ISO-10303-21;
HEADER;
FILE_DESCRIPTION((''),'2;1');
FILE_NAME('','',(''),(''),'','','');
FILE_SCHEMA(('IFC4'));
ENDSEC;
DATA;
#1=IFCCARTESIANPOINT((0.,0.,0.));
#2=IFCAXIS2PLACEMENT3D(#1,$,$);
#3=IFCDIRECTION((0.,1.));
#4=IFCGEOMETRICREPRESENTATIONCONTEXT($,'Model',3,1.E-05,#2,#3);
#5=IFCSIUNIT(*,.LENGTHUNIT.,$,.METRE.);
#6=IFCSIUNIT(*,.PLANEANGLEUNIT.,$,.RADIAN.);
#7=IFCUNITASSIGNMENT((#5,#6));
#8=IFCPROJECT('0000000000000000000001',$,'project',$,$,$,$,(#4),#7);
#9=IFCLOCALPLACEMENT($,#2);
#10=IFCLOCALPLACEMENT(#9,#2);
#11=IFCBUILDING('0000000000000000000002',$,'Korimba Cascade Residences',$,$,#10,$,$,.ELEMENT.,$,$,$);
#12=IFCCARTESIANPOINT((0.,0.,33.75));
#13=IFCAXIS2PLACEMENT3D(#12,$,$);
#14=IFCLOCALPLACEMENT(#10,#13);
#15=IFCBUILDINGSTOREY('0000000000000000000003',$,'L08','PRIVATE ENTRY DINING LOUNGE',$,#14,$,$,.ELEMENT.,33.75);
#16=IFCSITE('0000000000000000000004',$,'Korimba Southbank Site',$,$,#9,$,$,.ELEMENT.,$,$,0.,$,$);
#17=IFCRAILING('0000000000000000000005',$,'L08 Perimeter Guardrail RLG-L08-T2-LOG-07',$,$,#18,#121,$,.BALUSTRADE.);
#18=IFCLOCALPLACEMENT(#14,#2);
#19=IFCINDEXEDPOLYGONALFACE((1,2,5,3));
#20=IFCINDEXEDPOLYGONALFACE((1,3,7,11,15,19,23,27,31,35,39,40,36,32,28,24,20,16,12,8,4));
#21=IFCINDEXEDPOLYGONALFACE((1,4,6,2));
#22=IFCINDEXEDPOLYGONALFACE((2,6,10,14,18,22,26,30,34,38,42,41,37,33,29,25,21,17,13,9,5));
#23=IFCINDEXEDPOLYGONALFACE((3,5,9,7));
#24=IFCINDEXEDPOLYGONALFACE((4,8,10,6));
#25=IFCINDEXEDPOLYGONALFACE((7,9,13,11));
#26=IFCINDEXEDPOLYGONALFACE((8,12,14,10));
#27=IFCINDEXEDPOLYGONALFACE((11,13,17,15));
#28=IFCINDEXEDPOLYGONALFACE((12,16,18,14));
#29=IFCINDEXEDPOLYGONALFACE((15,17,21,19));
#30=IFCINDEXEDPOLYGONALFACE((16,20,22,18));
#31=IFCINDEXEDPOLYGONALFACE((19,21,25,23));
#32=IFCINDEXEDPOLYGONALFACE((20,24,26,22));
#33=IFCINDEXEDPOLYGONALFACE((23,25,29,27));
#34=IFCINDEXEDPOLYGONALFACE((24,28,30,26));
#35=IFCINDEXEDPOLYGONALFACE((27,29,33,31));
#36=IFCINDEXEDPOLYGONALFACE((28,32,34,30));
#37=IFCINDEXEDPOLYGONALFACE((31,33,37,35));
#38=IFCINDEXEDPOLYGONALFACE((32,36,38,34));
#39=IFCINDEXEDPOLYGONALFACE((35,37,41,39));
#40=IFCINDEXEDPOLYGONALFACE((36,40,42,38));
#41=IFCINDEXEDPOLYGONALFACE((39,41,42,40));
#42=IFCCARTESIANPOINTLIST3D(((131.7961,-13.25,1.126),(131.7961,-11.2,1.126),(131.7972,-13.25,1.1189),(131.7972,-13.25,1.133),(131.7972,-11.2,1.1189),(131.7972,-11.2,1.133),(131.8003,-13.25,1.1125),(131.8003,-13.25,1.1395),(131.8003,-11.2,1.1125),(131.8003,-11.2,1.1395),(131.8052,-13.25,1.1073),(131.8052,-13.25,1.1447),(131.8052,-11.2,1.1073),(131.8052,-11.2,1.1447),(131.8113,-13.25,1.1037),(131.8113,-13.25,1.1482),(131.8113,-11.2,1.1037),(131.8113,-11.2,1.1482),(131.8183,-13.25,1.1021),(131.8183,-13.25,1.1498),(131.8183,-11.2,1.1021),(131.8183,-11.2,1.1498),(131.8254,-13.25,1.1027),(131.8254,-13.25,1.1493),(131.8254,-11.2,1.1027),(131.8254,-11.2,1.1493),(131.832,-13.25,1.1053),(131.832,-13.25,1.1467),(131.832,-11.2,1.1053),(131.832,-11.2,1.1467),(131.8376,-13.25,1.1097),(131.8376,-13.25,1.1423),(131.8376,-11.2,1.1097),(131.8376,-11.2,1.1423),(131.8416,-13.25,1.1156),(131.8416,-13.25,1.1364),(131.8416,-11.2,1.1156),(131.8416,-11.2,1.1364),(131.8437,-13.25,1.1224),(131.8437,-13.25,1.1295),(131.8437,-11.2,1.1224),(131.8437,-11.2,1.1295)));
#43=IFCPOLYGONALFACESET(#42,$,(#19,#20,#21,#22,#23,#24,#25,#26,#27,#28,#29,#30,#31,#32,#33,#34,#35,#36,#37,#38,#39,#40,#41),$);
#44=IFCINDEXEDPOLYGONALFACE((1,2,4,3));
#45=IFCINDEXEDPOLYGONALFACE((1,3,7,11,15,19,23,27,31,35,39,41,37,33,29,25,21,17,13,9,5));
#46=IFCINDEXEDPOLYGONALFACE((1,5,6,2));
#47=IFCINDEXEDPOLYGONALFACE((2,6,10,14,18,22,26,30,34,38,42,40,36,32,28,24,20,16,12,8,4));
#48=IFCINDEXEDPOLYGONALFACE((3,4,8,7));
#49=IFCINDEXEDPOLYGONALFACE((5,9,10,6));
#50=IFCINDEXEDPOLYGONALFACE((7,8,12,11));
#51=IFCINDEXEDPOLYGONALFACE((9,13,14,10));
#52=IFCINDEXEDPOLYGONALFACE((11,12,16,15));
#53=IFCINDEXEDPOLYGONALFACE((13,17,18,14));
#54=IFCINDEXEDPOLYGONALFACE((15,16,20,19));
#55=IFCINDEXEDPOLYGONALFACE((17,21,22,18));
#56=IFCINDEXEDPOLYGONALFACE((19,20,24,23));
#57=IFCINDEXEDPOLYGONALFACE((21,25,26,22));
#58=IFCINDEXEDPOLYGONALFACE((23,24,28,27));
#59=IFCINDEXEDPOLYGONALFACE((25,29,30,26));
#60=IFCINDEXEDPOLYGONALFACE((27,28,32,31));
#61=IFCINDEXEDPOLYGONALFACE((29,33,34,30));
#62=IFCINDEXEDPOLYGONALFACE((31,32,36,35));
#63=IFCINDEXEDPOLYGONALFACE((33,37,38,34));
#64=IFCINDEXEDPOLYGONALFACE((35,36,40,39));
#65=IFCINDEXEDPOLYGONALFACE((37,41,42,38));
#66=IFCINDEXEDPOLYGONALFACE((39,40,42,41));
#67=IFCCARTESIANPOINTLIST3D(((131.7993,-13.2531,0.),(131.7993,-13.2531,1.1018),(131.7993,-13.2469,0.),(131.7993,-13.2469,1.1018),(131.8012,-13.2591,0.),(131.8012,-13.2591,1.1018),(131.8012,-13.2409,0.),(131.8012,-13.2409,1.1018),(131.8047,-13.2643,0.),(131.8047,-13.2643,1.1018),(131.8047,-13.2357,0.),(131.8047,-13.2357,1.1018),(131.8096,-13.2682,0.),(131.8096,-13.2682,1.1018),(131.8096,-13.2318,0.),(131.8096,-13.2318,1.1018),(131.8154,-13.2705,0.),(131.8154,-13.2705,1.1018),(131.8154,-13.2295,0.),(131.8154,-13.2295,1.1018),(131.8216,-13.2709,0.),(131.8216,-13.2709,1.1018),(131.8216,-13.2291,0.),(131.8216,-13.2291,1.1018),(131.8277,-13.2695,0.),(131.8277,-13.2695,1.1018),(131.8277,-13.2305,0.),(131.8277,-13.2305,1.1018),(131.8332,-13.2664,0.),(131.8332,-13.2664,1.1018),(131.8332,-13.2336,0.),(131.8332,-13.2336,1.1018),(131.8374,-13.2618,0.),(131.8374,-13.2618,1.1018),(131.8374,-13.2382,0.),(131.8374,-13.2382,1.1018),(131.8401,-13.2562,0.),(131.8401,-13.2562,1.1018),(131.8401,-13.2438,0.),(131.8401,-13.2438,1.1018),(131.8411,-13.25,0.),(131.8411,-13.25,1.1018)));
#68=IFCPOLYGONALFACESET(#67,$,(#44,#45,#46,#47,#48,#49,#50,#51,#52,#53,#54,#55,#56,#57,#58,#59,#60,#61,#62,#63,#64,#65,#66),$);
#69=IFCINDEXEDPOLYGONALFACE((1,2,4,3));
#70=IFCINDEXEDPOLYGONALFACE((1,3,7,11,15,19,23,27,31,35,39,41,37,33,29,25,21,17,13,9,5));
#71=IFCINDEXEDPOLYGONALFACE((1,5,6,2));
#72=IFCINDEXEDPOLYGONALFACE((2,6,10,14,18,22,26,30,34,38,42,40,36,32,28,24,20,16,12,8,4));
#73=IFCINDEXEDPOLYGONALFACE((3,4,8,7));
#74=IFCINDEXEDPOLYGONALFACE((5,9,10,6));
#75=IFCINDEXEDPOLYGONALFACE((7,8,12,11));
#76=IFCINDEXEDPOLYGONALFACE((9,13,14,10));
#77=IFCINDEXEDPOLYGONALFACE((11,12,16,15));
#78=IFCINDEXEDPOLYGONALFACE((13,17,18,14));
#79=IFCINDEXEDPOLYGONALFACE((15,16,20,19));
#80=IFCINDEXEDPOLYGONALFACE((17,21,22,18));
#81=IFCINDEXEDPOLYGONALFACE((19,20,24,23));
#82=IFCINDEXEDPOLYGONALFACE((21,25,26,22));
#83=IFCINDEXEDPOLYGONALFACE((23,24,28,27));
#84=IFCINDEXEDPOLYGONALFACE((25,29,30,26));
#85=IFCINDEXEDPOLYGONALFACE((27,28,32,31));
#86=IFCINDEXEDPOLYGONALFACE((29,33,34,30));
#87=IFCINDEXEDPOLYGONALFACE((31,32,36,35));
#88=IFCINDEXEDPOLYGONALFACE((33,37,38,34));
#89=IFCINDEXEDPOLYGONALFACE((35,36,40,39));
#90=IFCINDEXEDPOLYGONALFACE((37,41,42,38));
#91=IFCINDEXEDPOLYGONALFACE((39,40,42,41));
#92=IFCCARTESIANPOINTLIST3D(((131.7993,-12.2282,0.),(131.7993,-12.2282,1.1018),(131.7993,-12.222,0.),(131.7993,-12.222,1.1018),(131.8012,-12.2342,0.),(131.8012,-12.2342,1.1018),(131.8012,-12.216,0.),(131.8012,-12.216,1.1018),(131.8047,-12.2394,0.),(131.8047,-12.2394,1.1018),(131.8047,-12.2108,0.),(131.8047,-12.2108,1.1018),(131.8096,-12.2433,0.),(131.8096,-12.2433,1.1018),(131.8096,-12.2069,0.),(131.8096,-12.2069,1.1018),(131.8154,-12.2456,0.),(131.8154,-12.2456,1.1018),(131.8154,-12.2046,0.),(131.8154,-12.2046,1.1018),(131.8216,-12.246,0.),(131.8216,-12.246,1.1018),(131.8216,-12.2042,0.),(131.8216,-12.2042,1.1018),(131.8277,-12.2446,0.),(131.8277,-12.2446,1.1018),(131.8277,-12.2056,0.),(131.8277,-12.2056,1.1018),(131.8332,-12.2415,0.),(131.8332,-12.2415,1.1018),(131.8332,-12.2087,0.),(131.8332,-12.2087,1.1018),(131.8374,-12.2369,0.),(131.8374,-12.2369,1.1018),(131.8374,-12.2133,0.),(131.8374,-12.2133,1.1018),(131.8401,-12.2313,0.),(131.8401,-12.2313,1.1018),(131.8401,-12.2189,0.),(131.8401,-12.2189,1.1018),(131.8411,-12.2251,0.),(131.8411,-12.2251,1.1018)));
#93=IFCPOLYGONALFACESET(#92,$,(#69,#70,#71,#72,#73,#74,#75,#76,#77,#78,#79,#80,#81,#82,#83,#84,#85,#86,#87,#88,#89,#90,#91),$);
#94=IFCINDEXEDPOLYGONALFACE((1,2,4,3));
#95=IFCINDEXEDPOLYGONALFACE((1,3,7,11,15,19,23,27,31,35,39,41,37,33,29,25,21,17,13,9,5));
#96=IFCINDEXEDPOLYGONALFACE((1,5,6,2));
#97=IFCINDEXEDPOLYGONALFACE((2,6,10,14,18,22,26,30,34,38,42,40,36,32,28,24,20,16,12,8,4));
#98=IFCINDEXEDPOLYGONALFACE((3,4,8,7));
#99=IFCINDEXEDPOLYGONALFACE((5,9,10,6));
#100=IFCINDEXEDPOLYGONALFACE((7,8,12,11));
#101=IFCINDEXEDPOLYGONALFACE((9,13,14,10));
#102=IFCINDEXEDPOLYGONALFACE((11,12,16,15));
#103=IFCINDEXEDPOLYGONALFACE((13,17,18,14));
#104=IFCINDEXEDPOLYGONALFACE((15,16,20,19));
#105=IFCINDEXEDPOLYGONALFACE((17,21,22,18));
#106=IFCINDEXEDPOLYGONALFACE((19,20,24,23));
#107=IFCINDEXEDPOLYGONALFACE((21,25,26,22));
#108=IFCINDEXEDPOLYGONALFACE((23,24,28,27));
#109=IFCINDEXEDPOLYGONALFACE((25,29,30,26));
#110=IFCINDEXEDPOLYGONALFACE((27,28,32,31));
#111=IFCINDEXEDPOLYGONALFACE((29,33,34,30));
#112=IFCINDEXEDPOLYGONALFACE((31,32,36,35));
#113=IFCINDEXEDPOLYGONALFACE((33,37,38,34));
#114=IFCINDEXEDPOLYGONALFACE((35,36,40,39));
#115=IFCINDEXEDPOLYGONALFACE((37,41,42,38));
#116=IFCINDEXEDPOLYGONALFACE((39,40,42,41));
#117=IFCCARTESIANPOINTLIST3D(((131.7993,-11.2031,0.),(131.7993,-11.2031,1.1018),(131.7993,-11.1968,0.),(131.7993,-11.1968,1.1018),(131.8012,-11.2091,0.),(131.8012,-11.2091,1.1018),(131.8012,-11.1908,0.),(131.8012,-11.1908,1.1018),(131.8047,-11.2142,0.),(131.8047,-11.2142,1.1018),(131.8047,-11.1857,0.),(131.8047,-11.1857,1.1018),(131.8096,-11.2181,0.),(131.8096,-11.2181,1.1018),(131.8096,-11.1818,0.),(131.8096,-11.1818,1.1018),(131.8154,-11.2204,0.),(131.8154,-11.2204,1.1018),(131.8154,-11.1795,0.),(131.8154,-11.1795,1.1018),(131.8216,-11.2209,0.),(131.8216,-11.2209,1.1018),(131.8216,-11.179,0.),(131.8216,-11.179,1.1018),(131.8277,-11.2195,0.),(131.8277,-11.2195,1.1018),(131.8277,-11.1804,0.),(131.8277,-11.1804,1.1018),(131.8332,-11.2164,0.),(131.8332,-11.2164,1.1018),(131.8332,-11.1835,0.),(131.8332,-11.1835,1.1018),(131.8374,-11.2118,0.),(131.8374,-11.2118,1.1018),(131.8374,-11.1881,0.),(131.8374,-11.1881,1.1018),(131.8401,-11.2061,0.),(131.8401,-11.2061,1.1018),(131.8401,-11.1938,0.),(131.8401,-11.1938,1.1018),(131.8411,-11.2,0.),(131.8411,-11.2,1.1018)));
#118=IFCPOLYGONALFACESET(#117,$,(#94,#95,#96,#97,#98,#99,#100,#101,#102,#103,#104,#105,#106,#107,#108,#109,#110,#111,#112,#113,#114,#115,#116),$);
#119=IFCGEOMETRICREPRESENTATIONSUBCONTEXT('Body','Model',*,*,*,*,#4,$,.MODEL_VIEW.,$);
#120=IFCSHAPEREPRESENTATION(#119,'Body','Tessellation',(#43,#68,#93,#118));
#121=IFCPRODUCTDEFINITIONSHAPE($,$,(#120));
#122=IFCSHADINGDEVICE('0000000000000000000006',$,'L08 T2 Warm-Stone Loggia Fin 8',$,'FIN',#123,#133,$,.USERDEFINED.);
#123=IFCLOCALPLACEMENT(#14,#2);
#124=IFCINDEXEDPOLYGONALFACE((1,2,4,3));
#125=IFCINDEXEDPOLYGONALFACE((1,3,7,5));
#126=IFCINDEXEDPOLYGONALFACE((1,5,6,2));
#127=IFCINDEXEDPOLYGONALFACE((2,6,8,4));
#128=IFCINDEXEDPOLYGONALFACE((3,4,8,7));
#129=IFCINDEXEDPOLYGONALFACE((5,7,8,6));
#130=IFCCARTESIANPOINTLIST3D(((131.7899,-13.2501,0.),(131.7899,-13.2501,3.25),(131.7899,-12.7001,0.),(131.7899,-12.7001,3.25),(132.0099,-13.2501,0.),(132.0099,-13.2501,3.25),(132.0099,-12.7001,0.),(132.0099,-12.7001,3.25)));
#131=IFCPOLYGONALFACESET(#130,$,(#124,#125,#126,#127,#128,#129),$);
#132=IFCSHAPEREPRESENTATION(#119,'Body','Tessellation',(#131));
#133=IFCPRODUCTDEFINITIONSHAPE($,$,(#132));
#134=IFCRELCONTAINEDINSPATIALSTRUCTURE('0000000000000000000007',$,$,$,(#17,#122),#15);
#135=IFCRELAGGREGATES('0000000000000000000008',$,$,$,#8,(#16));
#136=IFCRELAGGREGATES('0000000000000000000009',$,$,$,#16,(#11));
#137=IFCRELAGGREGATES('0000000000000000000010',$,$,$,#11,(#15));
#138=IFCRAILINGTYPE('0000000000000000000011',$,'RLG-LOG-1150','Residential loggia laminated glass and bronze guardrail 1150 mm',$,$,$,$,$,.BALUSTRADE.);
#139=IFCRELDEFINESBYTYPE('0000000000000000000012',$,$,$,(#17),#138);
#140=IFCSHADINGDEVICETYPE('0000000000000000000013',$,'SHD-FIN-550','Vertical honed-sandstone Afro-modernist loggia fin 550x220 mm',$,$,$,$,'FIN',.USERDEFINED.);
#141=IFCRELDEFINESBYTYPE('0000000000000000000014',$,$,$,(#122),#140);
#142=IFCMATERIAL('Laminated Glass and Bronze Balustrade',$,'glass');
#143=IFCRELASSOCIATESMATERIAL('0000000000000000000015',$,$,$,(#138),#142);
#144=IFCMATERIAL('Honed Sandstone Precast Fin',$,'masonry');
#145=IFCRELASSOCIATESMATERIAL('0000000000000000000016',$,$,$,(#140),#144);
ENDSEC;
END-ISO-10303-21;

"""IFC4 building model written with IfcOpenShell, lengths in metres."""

from ifc_helpers import new_model, si_unit, direction, frame, origin, origin_2d, place, context, subcontext, project, spatial, rectangle, circle, extrude, material, type_object, element, save


model = new_model("IFC4")

# Units and contexts
model_context = context("Model", 3, precision=1e-05, world=origin(), true_north=direction((0.0, 1.0)))
body_context = subcontext(model_context, "Body", "Model", "MODEL_VIEW")
ifc_project = project(units=[si_unit("LENGTHUNIT", "METRE"), si_unit("PLANEANGLEUNIT", "RADIAN")], contexts=[model_context])

# Site, building, storey
site_placement = place(None, origin())
site = spatial("IfcSite", under=ifc_project, at=site_placement, Name="Korimba Southbank Site", CompositionType="ELEMENT", RefElevation=0.0)
building_placement = place(site_placement, origin())
building = spatial("IfcBuilding", under=site, at=building_placement, Name="Korimba Cascade Residences", CompositionType="ELEMENT")
storey_placement = place(building_placement, frame((0.0, 0.0, 33.75)))
storey = spatial("IfcBuildingStorey", under=building, at=storey_placement, Name="L08", Description="PRIVATE ENTRY DINING LOUNGE", CompositionType="ELEMENT", Elevation=33.75)

# Railing
ifc_material_1 = material(Name="Laminated Glass and Bronze Balustrade", Category="glass")
railing_type = type_object("IfcRailingType", Name="RLG-LOG-1150", Description="Residential loggia laminated glass and bronze guardrail 1150 mm", PredefinedType="BALUSTRADE", material=ifc_material_1)
railing_placement = place(storey_placement, frame((131.8201, -13.25, 0.0)))
element("IfcRailing", 1, at=railing_placement, inside=storey, type_object=railing_type, Name="L08 Perimeter Guardrail RLG-L08-T2-LOG-07", PredefinedType="BALUSTRADE", context=body_context, shape_type="SweptSolid", body=[
    extrude(circle(Radius=0.0239, at=origin_2d()), frame((0.0, 0.0, 1.126), z_axis=(0.0, 1.0, 0.0), x_axis=(-1.0, 0.0, 0.0)), (0.0, 0.0, 1.0), 2.05),
    extrude(circle(Radius=0.021, at=origin_2d()), origin(), (0.0, 0.0, 1.0), 1.1018),
    extrude(circle(Radius=0.021, at=origin_2d()), frame((0.0, 1.0249, 0.0)), (0.0, 0.0, 1.0), 1.1018),
    extrude(circle(Radius=0.021, at=origin_2d()), frame((0.0, 2.05, 0.0)), (0.0, 0.0, 1.0), 1.1018),
])

# Shading device
ifc_material_2 = material(Name="Honed Sandstone Precast Fin", Category="masonry")
shading_device_type = type_object("IfcShadingDeviceType", Name="SHD-FIN-550", Description="Vertical honed-sandstone Afro-modernist loggia fin 550x220 mm", ElementType="FIN", PredefinedType="USERDEFINED", material=ifc_material_2)
shading_device_placement = place(storey_placement, frame((131.8999, -12.9751, 0.0), z_axis=(0.0, 0.0, 1.0), x_axis=(1.0, 0.0, 0.0)))
element("IfcShadingDevice", 2, at=shading_device_placement, inside=storey, type_object=shading_device_type, Name="L08 T2 Warm-Stone Loggia Fin 8", ObjectType="FIN", PredefinedType="USERDEFINED", context=body_context, shape_type="SweptSolid", body=[
    extrude(rectangle(XDim=0.22, YDim=0.55, at=origin_2d()), origin(), (0.0, 0.0, 1.0), 3.25),
])

save(model, "model.ifc")
